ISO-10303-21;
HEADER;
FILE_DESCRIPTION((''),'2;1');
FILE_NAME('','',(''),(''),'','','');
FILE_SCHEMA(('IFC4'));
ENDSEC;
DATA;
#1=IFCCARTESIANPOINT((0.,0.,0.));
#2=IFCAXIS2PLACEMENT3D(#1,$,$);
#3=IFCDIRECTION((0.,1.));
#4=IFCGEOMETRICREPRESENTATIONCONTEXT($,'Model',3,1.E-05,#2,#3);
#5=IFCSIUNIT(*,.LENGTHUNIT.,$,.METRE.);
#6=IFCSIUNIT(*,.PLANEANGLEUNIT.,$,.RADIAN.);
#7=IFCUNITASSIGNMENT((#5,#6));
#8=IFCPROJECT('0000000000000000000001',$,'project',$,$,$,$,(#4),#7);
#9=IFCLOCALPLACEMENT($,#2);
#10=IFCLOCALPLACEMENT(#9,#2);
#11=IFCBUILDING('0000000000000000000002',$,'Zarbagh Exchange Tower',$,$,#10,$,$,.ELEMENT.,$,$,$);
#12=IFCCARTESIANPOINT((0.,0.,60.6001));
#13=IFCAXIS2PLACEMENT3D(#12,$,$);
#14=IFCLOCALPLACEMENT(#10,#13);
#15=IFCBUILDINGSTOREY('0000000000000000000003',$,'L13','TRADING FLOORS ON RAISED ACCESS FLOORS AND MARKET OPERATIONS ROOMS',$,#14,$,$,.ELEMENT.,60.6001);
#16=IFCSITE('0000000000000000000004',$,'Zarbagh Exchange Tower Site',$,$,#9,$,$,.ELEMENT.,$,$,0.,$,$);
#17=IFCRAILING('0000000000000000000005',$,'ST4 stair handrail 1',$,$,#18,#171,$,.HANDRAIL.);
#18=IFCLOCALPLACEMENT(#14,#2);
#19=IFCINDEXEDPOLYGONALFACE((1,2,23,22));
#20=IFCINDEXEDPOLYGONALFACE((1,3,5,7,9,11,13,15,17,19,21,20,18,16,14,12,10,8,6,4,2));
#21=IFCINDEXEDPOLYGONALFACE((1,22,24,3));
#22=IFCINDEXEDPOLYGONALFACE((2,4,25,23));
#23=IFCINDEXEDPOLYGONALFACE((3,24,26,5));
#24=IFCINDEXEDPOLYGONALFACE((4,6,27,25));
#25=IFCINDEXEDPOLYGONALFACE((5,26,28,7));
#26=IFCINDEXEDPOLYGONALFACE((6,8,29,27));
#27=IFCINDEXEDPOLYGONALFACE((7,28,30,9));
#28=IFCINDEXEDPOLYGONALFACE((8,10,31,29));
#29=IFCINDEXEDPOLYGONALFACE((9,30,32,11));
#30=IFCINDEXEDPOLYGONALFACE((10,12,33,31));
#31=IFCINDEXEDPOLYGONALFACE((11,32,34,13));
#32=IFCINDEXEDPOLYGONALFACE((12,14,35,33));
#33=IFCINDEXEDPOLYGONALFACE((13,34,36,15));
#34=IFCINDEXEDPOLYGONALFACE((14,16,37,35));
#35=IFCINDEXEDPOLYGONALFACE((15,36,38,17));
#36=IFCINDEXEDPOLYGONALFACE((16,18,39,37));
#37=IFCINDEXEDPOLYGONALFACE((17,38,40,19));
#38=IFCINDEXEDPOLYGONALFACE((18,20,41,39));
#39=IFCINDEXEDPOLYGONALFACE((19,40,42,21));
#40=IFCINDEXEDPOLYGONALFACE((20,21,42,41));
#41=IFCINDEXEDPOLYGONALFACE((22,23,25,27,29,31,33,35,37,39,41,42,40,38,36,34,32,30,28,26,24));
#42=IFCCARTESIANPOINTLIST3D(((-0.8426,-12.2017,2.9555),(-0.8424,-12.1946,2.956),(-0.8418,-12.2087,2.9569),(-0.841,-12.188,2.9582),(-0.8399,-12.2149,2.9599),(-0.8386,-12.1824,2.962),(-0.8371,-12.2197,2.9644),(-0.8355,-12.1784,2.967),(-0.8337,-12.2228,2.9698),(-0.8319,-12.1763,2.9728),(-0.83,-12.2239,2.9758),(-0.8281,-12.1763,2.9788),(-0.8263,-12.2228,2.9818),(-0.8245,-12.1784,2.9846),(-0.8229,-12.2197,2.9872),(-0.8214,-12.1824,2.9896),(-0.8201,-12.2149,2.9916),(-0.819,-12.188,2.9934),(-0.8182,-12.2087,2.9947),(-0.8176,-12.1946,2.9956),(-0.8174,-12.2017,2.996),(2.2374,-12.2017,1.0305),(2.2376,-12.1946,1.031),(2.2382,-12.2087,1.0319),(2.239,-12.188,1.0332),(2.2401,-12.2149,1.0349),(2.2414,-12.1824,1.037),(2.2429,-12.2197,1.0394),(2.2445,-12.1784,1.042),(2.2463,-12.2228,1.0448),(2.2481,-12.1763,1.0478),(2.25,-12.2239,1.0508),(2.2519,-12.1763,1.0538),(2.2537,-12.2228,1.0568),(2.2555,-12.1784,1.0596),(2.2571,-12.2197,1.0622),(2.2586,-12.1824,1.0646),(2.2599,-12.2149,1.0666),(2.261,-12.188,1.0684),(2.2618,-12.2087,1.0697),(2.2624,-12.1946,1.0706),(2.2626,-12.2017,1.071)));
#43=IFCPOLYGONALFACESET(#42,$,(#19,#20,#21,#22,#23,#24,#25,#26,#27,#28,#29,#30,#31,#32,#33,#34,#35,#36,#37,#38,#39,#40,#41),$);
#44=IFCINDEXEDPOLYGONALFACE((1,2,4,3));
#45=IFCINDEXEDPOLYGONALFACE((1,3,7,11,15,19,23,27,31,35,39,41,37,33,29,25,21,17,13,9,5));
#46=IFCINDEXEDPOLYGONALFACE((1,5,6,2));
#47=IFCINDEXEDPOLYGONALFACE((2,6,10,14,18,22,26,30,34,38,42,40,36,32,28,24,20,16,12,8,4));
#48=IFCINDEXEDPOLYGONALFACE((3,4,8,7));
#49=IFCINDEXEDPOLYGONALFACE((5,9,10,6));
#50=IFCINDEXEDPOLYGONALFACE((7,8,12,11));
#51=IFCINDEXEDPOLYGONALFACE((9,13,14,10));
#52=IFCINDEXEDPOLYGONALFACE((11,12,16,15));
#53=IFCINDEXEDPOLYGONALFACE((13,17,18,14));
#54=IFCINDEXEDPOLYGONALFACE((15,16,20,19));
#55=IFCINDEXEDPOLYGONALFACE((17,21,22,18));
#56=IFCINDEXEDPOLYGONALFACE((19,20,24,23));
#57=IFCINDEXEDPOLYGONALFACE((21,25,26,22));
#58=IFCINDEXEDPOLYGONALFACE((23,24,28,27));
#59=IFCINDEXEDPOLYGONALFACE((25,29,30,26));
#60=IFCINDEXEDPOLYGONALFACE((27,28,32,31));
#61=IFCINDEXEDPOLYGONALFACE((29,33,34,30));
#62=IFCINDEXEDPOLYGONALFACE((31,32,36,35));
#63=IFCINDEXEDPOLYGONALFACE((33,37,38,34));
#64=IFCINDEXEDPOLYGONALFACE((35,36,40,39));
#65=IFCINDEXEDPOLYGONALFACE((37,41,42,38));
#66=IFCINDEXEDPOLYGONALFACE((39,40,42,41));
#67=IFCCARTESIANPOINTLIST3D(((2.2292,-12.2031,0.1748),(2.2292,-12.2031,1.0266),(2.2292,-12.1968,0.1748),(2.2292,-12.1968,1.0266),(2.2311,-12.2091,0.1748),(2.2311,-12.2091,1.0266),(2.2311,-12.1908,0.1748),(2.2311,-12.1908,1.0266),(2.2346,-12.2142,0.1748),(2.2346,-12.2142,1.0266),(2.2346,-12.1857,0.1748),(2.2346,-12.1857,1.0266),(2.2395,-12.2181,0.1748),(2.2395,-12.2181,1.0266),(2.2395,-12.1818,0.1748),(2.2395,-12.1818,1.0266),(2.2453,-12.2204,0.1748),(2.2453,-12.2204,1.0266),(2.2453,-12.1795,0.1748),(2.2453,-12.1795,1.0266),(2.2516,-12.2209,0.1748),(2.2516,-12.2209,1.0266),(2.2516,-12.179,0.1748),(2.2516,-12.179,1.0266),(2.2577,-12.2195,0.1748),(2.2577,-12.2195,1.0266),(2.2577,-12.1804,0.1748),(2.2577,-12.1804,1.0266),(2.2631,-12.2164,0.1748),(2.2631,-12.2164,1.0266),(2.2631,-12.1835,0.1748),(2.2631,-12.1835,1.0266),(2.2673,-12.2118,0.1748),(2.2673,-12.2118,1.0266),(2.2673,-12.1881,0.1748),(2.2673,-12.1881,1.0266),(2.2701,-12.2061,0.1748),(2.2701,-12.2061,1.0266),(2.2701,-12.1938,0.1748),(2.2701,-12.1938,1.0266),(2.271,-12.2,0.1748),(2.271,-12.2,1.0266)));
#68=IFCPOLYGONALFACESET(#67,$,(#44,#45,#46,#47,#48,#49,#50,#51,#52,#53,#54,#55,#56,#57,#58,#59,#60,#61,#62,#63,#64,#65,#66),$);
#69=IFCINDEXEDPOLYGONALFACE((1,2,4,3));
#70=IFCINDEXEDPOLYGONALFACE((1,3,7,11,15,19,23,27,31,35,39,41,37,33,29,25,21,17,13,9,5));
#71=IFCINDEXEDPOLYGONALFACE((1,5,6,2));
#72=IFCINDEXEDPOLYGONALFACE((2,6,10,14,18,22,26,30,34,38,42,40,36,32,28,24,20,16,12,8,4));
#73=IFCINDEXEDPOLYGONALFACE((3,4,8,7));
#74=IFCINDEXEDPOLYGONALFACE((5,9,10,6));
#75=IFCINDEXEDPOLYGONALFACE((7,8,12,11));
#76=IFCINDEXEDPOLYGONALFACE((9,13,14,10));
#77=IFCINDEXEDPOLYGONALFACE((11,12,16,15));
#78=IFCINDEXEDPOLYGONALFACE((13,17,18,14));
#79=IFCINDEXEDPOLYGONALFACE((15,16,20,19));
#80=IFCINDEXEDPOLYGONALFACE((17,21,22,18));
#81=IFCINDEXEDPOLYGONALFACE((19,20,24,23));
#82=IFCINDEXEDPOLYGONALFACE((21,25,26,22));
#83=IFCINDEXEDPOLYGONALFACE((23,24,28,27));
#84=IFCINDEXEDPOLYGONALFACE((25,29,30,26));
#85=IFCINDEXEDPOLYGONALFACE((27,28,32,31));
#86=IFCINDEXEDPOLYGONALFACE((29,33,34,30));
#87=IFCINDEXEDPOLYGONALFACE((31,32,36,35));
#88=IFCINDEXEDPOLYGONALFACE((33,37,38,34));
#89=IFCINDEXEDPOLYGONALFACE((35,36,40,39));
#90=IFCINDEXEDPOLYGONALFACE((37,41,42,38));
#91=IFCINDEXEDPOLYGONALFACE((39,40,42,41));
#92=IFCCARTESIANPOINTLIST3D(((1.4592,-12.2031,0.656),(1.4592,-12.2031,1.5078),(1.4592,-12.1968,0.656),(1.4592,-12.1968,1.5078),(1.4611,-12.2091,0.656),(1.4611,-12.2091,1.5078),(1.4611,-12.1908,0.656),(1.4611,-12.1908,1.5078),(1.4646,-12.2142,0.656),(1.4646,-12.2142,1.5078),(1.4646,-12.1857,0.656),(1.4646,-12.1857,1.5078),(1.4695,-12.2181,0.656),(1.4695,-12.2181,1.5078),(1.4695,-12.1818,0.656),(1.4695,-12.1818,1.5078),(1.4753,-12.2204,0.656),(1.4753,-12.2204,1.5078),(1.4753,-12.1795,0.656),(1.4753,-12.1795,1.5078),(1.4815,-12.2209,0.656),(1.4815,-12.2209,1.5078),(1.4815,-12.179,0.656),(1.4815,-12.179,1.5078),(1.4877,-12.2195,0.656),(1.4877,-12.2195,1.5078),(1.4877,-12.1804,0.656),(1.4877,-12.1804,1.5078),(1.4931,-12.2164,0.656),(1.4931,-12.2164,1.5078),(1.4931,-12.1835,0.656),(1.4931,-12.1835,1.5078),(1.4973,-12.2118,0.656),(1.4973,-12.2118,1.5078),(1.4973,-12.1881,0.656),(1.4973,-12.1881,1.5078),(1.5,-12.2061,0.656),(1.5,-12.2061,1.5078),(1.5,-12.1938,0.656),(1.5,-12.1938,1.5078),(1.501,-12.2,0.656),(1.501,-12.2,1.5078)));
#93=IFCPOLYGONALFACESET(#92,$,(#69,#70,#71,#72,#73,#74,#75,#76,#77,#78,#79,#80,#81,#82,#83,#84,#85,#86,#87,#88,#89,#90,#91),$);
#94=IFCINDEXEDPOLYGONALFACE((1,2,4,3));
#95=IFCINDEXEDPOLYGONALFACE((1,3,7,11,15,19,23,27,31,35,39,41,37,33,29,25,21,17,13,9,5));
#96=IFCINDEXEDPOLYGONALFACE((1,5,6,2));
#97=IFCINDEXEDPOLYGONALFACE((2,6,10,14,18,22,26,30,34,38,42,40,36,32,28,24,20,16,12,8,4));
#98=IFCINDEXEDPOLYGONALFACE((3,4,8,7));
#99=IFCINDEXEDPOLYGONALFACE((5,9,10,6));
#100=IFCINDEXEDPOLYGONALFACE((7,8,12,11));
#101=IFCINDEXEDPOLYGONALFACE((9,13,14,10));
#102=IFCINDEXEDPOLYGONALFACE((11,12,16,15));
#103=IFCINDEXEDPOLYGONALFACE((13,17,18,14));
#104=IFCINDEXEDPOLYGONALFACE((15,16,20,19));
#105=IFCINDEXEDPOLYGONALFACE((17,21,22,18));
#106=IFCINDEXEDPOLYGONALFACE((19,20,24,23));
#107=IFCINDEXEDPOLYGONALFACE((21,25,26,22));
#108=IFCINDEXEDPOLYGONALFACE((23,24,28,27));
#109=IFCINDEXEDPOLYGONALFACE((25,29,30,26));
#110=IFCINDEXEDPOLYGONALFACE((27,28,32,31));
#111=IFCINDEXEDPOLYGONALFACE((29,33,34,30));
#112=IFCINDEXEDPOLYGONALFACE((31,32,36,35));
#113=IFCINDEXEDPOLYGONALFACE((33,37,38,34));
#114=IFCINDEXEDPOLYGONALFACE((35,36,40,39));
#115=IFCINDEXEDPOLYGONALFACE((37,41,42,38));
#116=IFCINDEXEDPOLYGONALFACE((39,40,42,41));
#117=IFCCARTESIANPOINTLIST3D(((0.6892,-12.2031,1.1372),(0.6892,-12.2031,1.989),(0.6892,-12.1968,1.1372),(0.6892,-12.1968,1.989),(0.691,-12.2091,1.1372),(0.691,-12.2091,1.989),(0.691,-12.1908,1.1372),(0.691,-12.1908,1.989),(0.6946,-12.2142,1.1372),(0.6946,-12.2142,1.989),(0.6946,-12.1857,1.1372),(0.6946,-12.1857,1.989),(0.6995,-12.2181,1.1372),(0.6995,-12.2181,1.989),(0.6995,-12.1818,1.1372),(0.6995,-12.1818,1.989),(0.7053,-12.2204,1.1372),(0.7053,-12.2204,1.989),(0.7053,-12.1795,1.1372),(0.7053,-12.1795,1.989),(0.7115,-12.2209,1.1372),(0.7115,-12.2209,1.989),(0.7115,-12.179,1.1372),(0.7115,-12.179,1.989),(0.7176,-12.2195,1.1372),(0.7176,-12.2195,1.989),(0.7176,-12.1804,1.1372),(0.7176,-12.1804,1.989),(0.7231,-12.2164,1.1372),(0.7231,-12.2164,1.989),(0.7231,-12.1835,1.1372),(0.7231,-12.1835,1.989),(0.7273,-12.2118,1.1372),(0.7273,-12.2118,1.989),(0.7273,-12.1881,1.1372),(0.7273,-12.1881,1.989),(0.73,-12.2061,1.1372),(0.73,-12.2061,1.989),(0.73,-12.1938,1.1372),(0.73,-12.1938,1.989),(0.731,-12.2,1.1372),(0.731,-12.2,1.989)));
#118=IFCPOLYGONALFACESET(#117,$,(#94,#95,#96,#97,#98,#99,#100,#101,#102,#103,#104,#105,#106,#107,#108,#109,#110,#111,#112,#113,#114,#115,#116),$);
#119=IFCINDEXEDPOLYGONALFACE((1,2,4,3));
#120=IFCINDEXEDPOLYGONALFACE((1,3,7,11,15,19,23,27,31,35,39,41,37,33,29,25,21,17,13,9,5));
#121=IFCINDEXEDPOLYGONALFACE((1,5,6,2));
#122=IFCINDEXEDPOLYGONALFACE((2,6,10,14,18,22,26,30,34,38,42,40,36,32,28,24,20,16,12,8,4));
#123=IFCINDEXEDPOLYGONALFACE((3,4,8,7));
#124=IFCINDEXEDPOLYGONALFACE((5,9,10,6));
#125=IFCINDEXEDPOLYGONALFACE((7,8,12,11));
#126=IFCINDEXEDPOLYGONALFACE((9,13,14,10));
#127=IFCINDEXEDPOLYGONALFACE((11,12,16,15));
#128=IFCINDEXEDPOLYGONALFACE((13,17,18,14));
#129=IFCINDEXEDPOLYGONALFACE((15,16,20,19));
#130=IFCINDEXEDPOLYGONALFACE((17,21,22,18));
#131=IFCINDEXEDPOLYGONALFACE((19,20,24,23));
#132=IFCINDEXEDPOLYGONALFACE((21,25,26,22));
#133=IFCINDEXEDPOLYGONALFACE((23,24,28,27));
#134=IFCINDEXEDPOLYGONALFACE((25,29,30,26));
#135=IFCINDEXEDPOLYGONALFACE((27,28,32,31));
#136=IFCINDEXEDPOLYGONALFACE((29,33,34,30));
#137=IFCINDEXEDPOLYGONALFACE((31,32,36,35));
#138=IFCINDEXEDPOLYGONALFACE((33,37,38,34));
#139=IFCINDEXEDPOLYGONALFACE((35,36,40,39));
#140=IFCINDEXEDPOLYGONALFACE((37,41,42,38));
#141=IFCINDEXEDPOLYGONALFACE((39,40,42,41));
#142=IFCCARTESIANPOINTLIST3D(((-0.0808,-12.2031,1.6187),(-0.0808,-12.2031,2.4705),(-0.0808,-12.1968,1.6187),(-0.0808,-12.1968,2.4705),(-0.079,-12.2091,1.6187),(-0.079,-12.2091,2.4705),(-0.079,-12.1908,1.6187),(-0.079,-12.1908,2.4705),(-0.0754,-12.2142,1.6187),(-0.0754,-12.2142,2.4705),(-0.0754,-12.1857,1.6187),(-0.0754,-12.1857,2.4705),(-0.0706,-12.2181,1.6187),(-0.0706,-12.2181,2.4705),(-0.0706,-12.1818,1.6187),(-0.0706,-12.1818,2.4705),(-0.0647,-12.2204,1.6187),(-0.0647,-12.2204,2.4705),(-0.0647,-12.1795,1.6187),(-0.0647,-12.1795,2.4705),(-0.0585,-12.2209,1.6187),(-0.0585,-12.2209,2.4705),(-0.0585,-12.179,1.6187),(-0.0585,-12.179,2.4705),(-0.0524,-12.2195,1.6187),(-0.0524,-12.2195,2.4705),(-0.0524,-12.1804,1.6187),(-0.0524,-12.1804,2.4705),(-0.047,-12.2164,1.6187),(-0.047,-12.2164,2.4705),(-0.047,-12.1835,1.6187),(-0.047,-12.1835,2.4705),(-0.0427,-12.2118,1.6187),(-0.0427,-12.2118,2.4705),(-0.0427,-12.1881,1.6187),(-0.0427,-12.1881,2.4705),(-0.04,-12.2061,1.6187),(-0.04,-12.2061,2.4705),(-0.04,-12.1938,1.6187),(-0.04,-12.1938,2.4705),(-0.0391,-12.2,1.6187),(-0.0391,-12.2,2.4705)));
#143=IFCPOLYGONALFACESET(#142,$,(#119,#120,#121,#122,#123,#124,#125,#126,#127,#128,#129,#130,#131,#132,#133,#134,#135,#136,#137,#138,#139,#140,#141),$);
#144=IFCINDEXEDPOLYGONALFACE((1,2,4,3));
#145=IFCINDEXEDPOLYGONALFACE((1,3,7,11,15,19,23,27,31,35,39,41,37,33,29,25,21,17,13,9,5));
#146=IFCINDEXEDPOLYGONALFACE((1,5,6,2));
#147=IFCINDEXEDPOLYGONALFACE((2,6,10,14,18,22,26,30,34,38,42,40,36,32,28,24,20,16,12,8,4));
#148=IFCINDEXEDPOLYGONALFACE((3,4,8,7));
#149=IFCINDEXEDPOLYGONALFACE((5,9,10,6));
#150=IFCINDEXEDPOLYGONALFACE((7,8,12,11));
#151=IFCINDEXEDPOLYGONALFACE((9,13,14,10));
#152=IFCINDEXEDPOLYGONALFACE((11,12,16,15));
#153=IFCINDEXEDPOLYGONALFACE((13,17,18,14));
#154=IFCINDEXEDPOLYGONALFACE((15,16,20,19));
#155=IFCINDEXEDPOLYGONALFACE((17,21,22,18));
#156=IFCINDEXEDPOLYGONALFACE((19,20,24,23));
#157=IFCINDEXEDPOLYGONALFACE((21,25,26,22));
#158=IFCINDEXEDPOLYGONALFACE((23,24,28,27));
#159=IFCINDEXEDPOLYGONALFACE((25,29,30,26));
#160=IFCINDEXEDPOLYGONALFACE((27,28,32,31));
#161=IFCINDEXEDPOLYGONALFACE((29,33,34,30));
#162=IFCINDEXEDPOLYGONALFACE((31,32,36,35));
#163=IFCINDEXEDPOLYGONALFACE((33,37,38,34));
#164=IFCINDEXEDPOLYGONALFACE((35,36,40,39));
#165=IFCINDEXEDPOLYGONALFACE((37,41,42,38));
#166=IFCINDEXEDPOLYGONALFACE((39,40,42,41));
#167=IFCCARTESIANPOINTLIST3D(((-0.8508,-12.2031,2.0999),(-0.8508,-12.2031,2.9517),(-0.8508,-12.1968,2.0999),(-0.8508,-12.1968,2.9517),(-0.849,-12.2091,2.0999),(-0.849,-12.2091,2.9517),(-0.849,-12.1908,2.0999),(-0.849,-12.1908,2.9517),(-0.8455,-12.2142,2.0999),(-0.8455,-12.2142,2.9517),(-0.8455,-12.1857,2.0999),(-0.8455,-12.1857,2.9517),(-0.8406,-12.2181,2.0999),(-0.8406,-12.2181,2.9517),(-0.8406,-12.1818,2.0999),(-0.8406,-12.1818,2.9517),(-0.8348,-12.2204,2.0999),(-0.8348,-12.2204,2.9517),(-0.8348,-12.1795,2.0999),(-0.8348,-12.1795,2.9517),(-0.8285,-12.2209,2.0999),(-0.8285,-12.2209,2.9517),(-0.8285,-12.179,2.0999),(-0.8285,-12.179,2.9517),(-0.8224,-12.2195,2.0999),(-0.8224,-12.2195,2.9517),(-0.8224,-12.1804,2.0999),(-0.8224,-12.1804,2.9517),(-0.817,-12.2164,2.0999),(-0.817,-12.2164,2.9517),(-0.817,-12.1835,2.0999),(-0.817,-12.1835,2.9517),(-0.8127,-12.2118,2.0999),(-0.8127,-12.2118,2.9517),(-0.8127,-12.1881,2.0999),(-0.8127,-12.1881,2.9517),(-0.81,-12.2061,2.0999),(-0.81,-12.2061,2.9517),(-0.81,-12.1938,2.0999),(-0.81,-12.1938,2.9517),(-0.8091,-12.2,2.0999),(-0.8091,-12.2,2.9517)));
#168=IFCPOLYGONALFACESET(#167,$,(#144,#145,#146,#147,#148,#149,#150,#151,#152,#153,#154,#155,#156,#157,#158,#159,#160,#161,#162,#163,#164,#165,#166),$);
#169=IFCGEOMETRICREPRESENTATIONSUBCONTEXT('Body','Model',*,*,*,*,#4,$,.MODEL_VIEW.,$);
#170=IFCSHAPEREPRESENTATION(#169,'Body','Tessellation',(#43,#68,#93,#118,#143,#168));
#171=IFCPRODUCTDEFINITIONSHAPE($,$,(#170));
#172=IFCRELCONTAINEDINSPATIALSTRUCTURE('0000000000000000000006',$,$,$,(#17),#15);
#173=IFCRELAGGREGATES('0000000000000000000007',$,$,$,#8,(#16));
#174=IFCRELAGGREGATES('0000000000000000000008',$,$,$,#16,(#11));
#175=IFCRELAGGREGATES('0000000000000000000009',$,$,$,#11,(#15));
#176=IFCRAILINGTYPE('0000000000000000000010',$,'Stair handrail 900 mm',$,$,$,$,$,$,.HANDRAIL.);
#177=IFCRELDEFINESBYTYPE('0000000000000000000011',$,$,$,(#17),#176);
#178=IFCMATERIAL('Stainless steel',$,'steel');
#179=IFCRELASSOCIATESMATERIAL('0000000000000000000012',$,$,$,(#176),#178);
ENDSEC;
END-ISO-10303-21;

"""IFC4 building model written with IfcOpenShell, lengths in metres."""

from ifc_helpers import new_model, si_unit, direction, frame, origin, origin_2d, place, context, subcontext, project, spatial, circle, extrude, material, type_object, element, save


model = new_model("IFC4")

# Units and contexts
model_context = context("Model", 3, precision=1e-05, world=origin(), true_north=direction((0.0, 1.0)))
body_context = subcontext(model_context, "Body", "Model", "MODEL_VIEW")
ifc_project = project(units=[si_unit("LENGTHUNIT", "METRE"), si_unit("PLANEANGLEUNIT", "RADIAN")], contexts=[model_context])

# Site, building, storey
site_placement = place(None, origin())
site = spatial("IfcSite", under=ifc_project, at=site_placement, Name="Zarbagh Exchange Tower Site", CompositionType="ELEMENT", RefElevation=0.0)
building_placement = place(site_placement, origin())
building = spatial("IfcBuilding", under=site, at=building_placement, Name="Zarbagh Exchange Tower", CompositionType="ELEMENT")
storey_placement = place(building_placement, frame((0.0, 0.0, 60.6001)))
storey = spatial("IfcBuildingStorey", under=building, at=storey_placement, Name="L13", Description="TRADING FLOORS ON RAISED ACCESS FLOORS AND MARKET OPERATIONS ROOMS", CompositionType="ELEMENT", Elevation=60.6001)

# Railing
ifc_material_1 = material(Name="Stainless steel", Category="steel")
railing_type_1 = type_object("IfcRailingType", Name="Stair handrail 900 mm", PredefinedType="HANDRAIL", material=ifc_material_1)
for number, where, name in (
    (1, (2.25, -12.2, 0.1748), "ST4 stair handrail 1"),
):
    element("IfcRailing", number, at=place(storey_placement, frame(where)), inside=storey, type_object=railing_type_1, Name=name, PredefinedType="HANDRAIL", context=body_context, shape_type="SweptSolid", body=[
        extrude(circle(Radius=0.0239, at=origin_2d()), frame((0.0, 0.0, 0.876), z_axis=(-0.847998, 0.0, 0.529999), x_axis=(0.0, -1.0, 0.0)), (0.0, 0.0, 1.0), 3.6321),
        extrude(circle(Radius=0.021, at=origin_2d()), origin(), (0.0, 0.0, 1.0), 0.8518),
        extrude(circle(Radius=0.021, at=origin_2d()), frame((-0.77, 0.0, 0.4812)), (0.0, 0.0, 1.0), 0.8518),
        extrude(circle(Radius=0.021, at=origin_2d()), frame((-1.54, 0.0, 0.9624)), (0.0, 0.0, 1.0), 0.8518),
        extrude(circle(Radius=0.021, at=origin_2d()), frame((-2.3101, 0.0, 1.4438)), (0.0, 0.0, 1.0), 0.8518),
        extrude(circle(Radius=0.021, at=origin_2d()), frame((-3.0801, 0.0, 1.925)), (0.0, 0.0, 1.0), 0.8518),
    ])

save(model, "model.ifc")
